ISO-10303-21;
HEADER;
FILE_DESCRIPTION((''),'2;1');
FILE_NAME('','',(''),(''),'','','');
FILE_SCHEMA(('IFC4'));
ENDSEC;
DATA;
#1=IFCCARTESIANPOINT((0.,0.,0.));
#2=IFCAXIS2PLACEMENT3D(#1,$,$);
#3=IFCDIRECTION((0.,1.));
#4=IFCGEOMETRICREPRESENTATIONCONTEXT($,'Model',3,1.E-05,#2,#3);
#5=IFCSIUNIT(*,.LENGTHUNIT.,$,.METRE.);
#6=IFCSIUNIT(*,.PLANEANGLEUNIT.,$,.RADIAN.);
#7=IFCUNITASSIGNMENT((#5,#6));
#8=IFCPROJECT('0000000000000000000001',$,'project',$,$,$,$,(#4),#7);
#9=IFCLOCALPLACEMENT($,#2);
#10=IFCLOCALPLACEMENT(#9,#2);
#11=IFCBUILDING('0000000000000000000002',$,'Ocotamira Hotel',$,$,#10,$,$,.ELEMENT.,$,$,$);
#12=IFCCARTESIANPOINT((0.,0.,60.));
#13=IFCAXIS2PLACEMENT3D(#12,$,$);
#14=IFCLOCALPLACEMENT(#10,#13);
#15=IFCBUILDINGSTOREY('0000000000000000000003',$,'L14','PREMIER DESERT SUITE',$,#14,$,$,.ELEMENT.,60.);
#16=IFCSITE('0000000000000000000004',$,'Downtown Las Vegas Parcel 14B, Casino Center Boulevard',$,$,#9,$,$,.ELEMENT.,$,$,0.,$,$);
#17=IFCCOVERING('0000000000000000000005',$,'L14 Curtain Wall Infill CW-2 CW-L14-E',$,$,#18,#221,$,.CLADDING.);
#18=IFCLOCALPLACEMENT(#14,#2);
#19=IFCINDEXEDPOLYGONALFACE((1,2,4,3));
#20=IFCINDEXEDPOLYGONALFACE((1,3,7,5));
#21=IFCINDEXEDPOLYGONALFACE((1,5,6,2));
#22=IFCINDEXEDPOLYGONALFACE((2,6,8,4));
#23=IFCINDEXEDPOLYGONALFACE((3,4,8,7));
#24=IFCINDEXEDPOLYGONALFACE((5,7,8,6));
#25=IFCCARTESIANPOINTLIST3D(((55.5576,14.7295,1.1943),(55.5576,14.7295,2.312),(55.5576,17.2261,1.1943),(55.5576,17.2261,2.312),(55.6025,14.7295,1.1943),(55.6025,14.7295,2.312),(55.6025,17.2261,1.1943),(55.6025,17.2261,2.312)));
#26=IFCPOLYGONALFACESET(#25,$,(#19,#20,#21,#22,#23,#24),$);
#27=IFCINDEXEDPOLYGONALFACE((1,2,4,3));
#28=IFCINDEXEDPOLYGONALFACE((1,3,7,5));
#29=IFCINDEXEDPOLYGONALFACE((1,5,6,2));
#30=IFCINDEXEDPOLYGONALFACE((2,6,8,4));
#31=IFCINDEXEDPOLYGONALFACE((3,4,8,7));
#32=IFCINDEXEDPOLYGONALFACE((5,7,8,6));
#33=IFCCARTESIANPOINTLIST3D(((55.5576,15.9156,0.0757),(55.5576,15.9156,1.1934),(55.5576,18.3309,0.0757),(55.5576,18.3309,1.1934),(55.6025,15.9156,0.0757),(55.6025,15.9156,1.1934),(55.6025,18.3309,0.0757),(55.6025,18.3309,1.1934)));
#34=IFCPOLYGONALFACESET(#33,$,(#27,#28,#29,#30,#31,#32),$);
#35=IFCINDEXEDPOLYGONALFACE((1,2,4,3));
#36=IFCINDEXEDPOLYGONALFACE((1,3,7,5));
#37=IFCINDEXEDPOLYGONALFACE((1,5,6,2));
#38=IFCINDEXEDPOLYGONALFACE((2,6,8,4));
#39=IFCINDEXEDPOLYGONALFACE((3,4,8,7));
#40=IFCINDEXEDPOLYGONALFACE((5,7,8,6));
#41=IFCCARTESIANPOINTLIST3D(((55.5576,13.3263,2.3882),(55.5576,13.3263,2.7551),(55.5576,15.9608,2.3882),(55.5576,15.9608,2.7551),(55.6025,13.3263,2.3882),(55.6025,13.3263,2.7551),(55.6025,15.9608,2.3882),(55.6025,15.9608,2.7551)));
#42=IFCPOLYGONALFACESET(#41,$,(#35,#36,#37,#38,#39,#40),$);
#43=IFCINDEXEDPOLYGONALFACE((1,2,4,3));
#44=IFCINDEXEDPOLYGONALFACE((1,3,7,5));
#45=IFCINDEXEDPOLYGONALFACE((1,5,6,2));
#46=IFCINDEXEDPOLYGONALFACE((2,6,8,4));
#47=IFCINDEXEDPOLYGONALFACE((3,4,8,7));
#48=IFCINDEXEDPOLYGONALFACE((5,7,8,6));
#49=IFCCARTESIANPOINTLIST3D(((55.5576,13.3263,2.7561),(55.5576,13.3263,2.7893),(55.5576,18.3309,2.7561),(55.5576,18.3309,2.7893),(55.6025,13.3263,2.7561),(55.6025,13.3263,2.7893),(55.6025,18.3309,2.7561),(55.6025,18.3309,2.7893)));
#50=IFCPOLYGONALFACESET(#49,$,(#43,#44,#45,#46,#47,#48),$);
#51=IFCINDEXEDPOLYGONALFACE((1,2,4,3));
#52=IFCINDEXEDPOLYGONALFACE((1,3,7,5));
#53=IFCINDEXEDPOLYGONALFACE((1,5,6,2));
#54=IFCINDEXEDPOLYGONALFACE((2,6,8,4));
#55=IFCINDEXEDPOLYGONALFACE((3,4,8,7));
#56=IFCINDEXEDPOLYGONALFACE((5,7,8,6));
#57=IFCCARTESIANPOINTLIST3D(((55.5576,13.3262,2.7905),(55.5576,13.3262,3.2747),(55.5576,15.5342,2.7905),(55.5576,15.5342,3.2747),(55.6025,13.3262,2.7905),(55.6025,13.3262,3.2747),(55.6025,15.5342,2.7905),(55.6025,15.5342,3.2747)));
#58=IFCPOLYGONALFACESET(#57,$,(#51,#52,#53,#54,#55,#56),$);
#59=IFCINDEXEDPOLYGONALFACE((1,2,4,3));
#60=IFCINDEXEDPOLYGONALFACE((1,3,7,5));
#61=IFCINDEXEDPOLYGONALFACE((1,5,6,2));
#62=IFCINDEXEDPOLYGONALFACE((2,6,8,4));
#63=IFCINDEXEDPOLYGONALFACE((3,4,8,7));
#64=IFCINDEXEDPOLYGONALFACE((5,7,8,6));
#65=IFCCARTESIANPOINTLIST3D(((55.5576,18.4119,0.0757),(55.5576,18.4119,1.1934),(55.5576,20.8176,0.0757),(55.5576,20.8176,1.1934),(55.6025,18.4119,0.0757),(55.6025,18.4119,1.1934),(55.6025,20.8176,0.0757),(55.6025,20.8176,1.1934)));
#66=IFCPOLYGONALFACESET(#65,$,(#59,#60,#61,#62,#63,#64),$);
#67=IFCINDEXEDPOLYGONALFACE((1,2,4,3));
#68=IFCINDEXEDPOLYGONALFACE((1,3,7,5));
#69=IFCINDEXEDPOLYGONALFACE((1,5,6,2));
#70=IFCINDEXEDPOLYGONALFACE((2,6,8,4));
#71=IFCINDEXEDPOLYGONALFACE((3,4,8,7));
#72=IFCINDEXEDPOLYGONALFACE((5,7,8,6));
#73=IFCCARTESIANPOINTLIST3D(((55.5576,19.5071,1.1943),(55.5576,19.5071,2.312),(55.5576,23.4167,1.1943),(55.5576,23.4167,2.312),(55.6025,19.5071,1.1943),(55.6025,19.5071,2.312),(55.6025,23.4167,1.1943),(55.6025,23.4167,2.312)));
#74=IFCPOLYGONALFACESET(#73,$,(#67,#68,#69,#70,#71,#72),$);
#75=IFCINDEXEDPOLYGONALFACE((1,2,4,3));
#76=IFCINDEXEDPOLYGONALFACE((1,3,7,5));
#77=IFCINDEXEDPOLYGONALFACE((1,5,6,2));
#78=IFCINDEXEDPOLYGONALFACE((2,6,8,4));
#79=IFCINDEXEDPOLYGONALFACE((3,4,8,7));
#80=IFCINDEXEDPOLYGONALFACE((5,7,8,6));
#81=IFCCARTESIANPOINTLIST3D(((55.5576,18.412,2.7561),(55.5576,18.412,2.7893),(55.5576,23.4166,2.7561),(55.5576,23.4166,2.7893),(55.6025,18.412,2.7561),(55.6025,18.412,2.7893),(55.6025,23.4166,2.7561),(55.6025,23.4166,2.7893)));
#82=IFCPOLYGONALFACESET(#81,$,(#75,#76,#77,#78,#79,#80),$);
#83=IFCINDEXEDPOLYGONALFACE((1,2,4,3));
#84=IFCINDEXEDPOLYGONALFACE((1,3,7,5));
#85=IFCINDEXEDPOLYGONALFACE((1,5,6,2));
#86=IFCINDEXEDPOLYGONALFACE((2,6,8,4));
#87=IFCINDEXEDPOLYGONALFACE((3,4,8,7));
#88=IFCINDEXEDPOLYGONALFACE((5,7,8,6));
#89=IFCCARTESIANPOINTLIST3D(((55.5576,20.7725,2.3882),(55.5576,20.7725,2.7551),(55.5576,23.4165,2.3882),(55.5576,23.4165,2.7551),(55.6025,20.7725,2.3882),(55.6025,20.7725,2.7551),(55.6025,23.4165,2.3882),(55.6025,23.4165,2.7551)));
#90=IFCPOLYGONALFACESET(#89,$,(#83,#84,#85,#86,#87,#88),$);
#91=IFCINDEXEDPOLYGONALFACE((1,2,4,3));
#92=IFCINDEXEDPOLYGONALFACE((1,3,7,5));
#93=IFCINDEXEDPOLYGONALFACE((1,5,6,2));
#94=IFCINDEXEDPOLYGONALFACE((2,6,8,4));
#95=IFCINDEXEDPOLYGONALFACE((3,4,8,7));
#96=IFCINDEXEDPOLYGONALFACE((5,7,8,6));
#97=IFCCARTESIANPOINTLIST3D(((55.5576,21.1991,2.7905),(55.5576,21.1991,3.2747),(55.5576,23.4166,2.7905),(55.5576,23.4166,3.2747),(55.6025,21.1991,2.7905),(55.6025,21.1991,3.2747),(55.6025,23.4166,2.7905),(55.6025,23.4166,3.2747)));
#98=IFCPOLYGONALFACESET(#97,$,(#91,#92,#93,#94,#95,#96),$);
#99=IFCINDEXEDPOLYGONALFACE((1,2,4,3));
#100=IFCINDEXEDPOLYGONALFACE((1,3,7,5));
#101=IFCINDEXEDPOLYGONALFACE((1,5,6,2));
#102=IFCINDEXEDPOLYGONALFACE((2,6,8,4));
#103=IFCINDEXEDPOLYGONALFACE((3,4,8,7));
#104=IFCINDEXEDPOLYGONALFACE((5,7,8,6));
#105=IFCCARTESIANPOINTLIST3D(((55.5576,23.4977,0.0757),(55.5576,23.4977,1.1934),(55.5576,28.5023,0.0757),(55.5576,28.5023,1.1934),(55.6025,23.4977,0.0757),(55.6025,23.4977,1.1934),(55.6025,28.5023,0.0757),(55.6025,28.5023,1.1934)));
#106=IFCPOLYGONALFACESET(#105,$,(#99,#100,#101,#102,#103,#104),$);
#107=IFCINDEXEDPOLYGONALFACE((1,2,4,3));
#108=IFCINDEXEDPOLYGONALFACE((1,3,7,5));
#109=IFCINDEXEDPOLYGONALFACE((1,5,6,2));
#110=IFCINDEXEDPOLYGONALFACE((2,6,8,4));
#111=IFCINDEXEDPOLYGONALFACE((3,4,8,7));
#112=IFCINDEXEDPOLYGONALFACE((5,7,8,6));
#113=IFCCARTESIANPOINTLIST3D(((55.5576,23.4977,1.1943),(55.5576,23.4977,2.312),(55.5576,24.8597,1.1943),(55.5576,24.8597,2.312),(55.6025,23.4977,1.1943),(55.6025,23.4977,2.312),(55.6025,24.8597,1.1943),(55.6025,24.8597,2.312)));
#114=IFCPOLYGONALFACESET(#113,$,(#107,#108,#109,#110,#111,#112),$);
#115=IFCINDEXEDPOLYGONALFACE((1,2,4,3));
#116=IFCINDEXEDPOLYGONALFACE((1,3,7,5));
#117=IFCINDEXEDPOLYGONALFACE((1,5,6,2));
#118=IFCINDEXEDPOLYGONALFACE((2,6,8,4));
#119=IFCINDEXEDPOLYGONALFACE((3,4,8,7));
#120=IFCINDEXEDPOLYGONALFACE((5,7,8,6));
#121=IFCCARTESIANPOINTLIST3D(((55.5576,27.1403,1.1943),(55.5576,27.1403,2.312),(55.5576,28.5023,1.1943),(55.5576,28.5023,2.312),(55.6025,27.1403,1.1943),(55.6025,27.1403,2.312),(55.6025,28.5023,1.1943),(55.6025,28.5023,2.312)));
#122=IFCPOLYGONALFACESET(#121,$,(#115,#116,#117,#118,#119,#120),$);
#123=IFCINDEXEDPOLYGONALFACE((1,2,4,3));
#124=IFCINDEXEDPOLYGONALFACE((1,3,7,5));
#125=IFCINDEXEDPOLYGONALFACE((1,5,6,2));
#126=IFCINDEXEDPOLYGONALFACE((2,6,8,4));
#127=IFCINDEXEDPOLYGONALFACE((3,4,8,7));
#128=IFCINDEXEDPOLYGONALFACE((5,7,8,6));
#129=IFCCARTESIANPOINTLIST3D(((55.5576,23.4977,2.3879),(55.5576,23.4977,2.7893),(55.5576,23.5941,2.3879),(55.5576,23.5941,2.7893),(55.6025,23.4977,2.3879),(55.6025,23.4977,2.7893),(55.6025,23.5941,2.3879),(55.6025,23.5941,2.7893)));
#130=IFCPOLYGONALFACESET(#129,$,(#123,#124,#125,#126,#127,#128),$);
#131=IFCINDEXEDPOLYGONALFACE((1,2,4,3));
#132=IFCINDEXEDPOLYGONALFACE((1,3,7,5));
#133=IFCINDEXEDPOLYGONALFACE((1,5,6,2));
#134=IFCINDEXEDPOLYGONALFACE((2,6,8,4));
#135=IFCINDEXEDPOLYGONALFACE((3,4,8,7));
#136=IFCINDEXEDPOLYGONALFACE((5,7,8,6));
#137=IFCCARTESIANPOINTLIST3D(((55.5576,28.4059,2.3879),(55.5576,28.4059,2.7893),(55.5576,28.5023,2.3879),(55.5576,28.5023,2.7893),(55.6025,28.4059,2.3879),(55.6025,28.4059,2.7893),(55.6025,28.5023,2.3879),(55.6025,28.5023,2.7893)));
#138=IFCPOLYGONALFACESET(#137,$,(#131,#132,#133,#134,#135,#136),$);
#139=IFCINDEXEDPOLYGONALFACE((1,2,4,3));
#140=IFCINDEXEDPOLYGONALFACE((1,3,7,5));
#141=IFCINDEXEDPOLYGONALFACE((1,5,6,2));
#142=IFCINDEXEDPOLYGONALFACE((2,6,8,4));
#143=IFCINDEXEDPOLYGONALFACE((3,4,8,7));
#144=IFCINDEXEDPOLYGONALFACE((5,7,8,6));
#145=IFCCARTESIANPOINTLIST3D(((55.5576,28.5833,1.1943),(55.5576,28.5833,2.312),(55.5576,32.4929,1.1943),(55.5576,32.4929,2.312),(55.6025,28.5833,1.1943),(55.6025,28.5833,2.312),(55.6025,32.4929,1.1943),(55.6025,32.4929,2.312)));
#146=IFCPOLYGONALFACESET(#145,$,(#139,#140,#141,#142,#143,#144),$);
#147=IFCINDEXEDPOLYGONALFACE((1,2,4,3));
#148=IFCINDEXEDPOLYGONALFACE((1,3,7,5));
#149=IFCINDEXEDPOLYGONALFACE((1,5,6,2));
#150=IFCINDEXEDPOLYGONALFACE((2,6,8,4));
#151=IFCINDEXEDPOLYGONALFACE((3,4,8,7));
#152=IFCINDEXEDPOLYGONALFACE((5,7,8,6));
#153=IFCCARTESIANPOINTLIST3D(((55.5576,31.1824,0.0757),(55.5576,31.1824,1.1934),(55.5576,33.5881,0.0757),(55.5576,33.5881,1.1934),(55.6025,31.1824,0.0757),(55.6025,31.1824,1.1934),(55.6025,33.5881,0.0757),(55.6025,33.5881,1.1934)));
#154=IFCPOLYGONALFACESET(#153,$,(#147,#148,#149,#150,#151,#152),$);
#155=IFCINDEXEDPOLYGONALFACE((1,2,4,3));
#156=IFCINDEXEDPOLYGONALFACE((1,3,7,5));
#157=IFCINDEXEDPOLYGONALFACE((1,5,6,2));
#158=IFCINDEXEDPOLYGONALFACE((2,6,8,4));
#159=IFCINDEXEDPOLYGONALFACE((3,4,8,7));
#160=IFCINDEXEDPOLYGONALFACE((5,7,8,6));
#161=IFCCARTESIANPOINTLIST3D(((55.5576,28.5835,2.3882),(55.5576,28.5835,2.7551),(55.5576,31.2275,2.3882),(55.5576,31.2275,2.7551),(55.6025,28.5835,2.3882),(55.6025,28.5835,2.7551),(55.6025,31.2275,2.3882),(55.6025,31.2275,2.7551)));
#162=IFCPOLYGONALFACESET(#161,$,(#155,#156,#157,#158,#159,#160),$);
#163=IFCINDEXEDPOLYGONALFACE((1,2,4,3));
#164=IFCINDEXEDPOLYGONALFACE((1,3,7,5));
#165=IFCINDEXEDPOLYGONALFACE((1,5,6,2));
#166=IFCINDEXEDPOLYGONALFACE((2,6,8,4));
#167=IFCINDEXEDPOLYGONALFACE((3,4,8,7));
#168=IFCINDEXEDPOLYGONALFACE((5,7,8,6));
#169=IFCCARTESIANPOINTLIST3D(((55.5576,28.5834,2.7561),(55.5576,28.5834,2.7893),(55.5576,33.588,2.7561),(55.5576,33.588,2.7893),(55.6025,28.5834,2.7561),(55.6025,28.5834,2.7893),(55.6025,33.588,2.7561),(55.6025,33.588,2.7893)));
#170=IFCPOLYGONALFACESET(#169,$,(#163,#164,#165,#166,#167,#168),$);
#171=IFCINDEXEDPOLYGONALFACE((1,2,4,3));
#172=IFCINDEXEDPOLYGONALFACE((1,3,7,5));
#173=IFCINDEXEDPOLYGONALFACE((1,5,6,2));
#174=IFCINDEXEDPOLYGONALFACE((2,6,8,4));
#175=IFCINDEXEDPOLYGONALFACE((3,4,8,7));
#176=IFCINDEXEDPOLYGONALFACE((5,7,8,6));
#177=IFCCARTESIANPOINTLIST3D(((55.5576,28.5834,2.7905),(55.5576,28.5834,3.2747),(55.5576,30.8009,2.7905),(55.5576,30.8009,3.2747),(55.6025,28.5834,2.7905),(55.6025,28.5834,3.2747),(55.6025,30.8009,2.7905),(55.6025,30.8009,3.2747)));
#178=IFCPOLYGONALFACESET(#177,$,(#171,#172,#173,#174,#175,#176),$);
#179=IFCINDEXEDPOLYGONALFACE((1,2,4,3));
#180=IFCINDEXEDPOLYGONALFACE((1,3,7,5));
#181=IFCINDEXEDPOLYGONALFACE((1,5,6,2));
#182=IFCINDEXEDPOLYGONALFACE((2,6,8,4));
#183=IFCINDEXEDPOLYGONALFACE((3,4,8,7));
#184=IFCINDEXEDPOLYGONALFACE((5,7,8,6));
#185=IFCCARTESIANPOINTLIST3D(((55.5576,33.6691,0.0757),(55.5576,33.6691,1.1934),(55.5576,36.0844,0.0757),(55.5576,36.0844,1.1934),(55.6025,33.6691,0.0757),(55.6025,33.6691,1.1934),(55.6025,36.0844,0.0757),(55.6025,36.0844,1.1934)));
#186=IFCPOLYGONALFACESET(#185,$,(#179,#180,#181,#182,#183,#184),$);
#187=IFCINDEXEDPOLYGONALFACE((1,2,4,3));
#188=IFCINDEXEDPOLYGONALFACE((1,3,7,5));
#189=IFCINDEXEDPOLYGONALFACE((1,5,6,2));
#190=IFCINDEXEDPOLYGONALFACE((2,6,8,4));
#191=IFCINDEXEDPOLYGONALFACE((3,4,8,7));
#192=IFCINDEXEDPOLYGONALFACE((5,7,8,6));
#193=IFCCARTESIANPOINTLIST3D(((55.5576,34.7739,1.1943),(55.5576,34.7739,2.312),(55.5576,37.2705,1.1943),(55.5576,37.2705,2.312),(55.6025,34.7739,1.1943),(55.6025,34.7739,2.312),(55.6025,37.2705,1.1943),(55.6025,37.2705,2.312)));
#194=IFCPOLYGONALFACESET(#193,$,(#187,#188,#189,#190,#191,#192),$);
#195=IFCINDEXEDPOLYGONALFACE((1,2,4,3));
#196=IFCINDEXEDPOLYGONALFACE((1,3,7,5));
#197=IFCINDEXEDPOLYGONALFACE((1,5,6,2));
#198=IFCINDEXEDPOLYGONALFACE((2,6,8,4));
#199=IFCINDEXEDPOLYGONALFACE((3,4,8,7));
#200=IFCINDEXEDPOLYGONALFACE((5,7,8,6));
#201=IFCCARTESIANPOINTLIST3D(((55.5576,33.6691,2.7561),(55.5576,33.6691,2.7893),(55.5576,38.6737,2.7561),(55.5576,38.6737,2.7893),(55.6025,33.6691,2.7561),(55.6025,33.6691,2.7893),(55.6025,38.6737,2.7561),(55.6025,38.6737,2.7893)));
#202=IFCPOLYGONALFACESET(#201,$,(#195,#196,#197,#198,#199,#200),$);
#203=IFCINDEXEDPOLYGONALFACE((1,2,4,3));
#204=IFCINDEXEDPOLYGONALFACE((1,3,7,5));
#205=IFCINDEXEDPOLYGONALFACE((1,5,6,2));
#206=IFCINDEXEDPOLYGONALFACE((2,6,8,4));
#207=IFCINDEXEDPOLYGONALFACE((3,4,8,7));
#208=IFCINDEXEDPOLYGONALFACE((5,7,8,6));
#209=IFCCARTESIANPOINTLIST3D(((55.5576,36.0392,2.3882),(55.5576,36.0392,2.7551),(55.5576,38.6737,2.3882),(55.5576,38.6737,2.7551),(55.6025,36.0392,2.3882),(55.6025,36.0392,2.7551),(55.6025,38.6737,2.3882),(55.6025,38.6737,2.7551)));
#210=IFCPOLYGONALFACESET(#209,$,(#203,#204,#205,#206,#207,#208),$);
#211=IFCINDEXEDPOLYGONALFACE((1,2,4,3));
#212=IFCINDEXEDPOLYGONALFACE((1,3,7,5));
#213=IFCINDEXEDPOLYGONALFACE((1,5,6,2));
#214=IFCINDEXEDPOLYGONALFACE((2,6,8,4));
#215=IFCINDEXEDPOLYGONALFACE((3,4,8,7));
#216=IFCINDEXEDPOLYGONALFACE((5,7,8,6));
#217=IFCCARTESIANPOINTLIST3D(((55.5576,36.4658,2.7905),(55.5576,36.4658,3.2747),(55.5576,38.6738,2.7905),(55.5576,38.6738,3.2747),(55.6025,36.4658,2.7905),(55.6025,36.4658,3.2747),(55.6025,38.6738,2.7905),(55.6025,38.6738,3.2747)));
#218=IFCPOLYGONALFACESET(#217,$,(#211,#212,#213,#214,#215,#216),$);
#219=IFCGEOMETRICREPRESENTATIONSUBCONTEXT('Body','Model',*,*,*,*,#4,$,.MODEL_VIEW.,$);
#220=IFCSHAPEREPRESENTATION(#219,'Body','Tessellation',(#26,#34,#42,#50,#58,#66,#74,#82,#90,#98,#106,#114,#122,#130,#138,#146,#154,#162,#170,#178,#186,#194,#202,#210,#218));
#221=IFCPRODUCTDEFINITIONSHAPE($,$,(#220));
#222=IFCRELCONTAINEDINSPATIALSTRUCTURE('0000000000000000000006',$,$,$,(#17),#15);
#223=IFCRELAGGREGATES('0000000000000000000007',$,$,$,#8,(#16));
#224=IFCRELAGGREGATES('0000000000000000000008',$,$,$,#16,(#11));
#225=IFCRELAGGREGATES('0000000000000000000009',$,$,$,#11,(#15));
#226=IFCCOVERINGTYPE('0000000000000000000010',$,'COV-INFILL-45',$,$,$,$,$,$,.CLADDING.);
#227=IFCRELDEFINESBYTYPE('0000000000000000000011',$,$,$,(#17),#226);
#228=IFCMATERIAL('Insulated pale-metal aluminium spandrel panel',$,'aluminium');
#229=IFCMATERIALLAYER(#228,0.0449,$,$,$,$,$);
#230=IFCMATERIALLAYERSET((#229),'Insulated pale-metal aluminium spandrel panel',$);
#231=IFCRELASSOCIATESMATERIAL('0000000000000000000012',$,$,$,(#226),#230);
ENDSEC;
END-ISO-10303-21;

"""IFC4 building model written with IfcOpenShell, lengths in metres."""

from ifc_helpers import new_model, si_unit, direction, frame, origin, origin_2d, place, context, subcontext, project, spatial, rectangle, extrude, material, layer, layer_set, type_object, element, save


model = new_model("IFC4")

# Units and contexts
model_context = context("Model", 3, precision=1e-05, world=origin(), true_north=direction((0.0, 1.0)))
body_context = subcontext(model_context, "Body", "Model", "MODEL_VIEW")
ifc_project = project(units=[si_unit("LENGTHUNIT", "METRE"), si_unit("PLANEANGLEUNIT", "RADIAN")], contexts=[model_context])

# Site, building, storey
site_placement = place(None, origin())
site = spatial("IfcSite", under=ifc_project, at=site_placement, Name="Downtown Las Vegas Parcel 14B, Casino Center Boulevard", CompositionType="ELEMENT", RefElevation=0.0)
building_placement = place(site_placement, origin())
building = spatial("IfcBuilding", under=site, at=building_placement, Name="Ocotamira Hotel", CompositionType="ELEMENT")
storey_placement = place(building_placement, frame((0.0, 0.0, 60.0)))
storey = spatial("IfcBuildingStorey", under=building, at=storey_placement, Name="L14", Description="PREMIER DESERT SUITE", CompositionType="ELEMENT", Elevation=60.0)

# Covering
ifc_material_1 = material(Name="Insulated pale-metal aluminium spandrel panel", Category="aluminium")
ifc_layer_1 = layer(ifc_material_1, 0.0449)
ifc_layer_set_1 = layer_set([ifc_layer_1], Name="Insulated pale-metal aluminium spandrel panel")
covering_type_1 = type_object("IfcCoveringType", Name="COV-INFILL-45", PredefinedType="CLADDING", material=ifc_layer_set_1)
covering_1_placement = place(storey_placement, origin())
element("IfcCovering", 1, at=covering_1_placement, inside=storey, type_object=covering_type_1, Name="L14 Curtain Wall Infill CW-2 CW-L14-E", PredefinedType="CLADDING", context=body_context, shape_type="SweptSolid", body=[
    extrude(rectangle(XDim=2.4966, YDim=0.0449, at=origin_2d()), frame((55.5801, 15.9778, 1.1943), z_axis=(0.0, 0.0, 1.0), x_axis=(0.0, 1.0, 0.0)), (0.0, 0.0, 1.0), 1.1177),
    extrude(rectangle(XDim=2.4153, YDim=0.0449, at=origin_2d()), frame((55.5801, 17.1233, 0.0757), z_axis=(0.0, 0.0, 1.0), x_axis=(0.0, 1.0, 0.0)), (0.0, 0.0, 1.0), 1.1177),
    extrude(rectangle(XDim=2.6345, YDim=0.0449, at=origin_2d()), frame((55.5801, 14.6436, 2.3882), z_axis=(0.0, 0.0, 1.0), x_axis=(0.0, 1.0, 0.0)), (0.0, 0.0, 1.0), 0.3669),
    extrude(rectangle(XDim=5.0046, YDim=0.0449, at=origin_2d()), frame((55.5801, 15.8286, 2.7561), z_axis=(0.0, 0.0, 1.0), x_axis=(0.0, 1.0, 0.0)), (0.0, 0.0, 1.0), 0.0332),
    extrude(rectangle(XDim=2.208, YDim=0.0449, at=origin_2d()), frame((55.5801, 14.4302, 2.7905), z_axis=(0.0, 0.0, 1.0), x_axis=(0.0, 1.0, 0.0)), (0.0, 0.0, 1.0), 0.4841),
    extrude(rectangle(XDim=2.4058, YDim=0.0449, at=origin_2d()), frame((55.5801, 19.6147, 0.0757), z_axis=(0.0, 0.0, 1.0), x_axis=(0.0, 1.0, 0.0)), (0.0, 0.0, 1.0), 1.1177),
    extrude(rectangle(XDim=3.9097, YDim=0.0449, at=origin_2d()), frame((55.5801, 21.4619, 1.1943), z_axis=(0.0, 0.0, 1.0), x_axis=(0.0, 1.0, 0.0)), (0.0, 0.0, 1.0), 1.1177),
    extrude(rectangle(XDim=5.0046, YDim=0.0449, at=origin_2d()), frame((55.5801, 20.9143, 2.7561), z_axis=(0.0, 0.0, 1.0), x_axis=(0.0, 1.0, 0.0)), (0.0, 0.0, 1.0), 0.0332),
    extrude(rectangle(XDim=2.644, YDim=0.0449, at=origin_2d()), frame((55.5801, 22.0945, 2.3882), z_axis=(0.0, 0.0, 1.0), x_axis=(0.0, 1.0, 0.0)), (0.0, 0.0, 1.0), 0.3669),
    extrude(rectangle(XDim=2.2175, YDim=0.0449, at=origin_2d()), frame((55.5801, 22.3079, 2.7905), z_axis=(0.0, 0.0, 1.0), x_axis=(0.0, 1.0, 0.0)), (0.0, 0.0, 1.0), 0.4841),
    extrude(rectangle(XDim=5.0046, YDim=0.0449, at=origin_2d()), frame((55.5801, 26.0, 0.0757), z_axis=(0.0, 0.0, 1.0), x_axis=(0.0, 1.0, 0.0)), (0.0, 0.0, 1.0), 1.1177),
    extrude(rectangle(XDim=1.3621, YDim=0.0449, at=origin_2d()), frame((55.5801, 24.1787, 1.1943), z_axis=(0.0, 0.0, 1.0), x_axis=(0.0, 1.0, 0.0)), (0.0, 0.0, 1.0), 1.1177),
    extrude(rectangle(XDim=1.3621, YDim=0.0449, at=origin_2d()), frame((55.5801, 27.8213, 1.1943), z_axis=(0.0, 0.0, 1.0), x_axis=(0.0, 1.0, 0.0)), (0.0, 0.0, 1.0), 1.1177),
    extrude(rectangle(XDim=0.0964, YDim=0.0449, at=origin_2d()), frame((55.5801, 23.5459, 2.3879), z_axis=(0.0, 0.0, 1.0), x_axis=(0.0, 1.0, 0.0)), (0.0, 0.0, 1.0), 0.4014),
    extrude(rectangle(XDim=0.0964, YDim=0.0449, at=origin_2d()), frame((55.5801, 28.4541, 2.3879), z_axis=(0.0, 0.0, 1.0), x_axis=(0.0, 1.0, 0.0)), (0.0, 0.0, 1.0), 0.4014),
    extrude(rectangle(XDim=3.9097, YDim=0.0449, at=origin_2d()), frame((55.5801, 30.5381, 1.1943), z_axis=(0.0, 0.0, 1.0), x_axis=(0.0, 1.0, 0.0)), (0.0, 0.0, 1.0), 1.1177),
    extrude(rectangle(XDim=2.4058, YDim=0.0449, at=origin_2d()), frame((55.5801, 32.3853, 0.0757), z_axis=(0.0, 0.0, 1.0), x_axis=(0.0, 1.0, 0.0)), (0.0, 0.0, 1.0), 1.1177),
    extrude(rectangle(XDim=2.644, YDim=0.0449, at=origin_2d()), frame((55.5801, 29.9055, 2.3882), z_axis=(0.0, 0.0, 1.0), x_axis=(0.0, 1.0, 0.0)), (0.0, 0.0, 1.0), 0.3669),
    extrude(rectangle(XDim=5.0046, YDim=0.0449, at=origin_2d()), frame((55.5801, 31.0857, 2.7561), z_axis=(0.0, 0.0, 1.0), x_axis=(0.0, 1.0, 0.0)), (0.0, 0.0, 1.0), 0.0332),
    extrude(rectangle(XDim=2.2175, YDim=0.0449, at=origin_2d()), frame((55.5801, 29.6921, 2.7905), z_axis=(0.0, 0.0, 1.0), x_axis=(0.0, 1.0, 0.0)), (0.0, 0.0, 1.0), 0.4841),
    extrude(rectangle(XDim=2.4153, YDim=0.0449, at=origin_2d()), frame((55.5801, 34.8767, 0.0757), z_axis=(0.0, 0.0, 1.0), x_axis=(0.0, 1.0, 0.0)), (0.0, 0.0, 1.0), 1.1177),
    extrude(rectangle(XDim=2.4966, YDim=0.0449, at=origin_2d()), frame((55.5801, 36.0222, 1.1943), z_axis=(0.0, 0.0, 1.0), x_axis=(0.0, 1.0, 0.0)), (0.0, 0.0, 1.0), 1.1177),
    extrude(rectangle(XDim=5.0046, YDim=0.0449, at=origin_2d()), frame((55.5801, 36.1714, 2.7561), z_axis=(0.0, 0.0, 1.0), x_axis=(0.0, 1.0, 0.0)), (0.0, 0.0, 1.0), 0.0332),
    extrude(rectangle(XDim=2.6345, YDim=0.0449, at=origin_2d()), frame((55.5801, 37.3564, 2.3882), z_axis=(0.0, 0.0, 1.0), x_axis=(0.0, 1.0, 0.0)), (0.0, 0.0, 1.0), 0.3669),
    extrude(rectangle(XDim=2.208, YDim=0.0449, at=origin_2d()), frame((55.5801, 37.5698, 2.7905), z_axis=(0.0, 0.0, 1.0), x_axis=(0.0, 1.0, 0.0)), (0.0, 0.0, 1.0), 0.4841),
])

save(model, "model.ifc")
